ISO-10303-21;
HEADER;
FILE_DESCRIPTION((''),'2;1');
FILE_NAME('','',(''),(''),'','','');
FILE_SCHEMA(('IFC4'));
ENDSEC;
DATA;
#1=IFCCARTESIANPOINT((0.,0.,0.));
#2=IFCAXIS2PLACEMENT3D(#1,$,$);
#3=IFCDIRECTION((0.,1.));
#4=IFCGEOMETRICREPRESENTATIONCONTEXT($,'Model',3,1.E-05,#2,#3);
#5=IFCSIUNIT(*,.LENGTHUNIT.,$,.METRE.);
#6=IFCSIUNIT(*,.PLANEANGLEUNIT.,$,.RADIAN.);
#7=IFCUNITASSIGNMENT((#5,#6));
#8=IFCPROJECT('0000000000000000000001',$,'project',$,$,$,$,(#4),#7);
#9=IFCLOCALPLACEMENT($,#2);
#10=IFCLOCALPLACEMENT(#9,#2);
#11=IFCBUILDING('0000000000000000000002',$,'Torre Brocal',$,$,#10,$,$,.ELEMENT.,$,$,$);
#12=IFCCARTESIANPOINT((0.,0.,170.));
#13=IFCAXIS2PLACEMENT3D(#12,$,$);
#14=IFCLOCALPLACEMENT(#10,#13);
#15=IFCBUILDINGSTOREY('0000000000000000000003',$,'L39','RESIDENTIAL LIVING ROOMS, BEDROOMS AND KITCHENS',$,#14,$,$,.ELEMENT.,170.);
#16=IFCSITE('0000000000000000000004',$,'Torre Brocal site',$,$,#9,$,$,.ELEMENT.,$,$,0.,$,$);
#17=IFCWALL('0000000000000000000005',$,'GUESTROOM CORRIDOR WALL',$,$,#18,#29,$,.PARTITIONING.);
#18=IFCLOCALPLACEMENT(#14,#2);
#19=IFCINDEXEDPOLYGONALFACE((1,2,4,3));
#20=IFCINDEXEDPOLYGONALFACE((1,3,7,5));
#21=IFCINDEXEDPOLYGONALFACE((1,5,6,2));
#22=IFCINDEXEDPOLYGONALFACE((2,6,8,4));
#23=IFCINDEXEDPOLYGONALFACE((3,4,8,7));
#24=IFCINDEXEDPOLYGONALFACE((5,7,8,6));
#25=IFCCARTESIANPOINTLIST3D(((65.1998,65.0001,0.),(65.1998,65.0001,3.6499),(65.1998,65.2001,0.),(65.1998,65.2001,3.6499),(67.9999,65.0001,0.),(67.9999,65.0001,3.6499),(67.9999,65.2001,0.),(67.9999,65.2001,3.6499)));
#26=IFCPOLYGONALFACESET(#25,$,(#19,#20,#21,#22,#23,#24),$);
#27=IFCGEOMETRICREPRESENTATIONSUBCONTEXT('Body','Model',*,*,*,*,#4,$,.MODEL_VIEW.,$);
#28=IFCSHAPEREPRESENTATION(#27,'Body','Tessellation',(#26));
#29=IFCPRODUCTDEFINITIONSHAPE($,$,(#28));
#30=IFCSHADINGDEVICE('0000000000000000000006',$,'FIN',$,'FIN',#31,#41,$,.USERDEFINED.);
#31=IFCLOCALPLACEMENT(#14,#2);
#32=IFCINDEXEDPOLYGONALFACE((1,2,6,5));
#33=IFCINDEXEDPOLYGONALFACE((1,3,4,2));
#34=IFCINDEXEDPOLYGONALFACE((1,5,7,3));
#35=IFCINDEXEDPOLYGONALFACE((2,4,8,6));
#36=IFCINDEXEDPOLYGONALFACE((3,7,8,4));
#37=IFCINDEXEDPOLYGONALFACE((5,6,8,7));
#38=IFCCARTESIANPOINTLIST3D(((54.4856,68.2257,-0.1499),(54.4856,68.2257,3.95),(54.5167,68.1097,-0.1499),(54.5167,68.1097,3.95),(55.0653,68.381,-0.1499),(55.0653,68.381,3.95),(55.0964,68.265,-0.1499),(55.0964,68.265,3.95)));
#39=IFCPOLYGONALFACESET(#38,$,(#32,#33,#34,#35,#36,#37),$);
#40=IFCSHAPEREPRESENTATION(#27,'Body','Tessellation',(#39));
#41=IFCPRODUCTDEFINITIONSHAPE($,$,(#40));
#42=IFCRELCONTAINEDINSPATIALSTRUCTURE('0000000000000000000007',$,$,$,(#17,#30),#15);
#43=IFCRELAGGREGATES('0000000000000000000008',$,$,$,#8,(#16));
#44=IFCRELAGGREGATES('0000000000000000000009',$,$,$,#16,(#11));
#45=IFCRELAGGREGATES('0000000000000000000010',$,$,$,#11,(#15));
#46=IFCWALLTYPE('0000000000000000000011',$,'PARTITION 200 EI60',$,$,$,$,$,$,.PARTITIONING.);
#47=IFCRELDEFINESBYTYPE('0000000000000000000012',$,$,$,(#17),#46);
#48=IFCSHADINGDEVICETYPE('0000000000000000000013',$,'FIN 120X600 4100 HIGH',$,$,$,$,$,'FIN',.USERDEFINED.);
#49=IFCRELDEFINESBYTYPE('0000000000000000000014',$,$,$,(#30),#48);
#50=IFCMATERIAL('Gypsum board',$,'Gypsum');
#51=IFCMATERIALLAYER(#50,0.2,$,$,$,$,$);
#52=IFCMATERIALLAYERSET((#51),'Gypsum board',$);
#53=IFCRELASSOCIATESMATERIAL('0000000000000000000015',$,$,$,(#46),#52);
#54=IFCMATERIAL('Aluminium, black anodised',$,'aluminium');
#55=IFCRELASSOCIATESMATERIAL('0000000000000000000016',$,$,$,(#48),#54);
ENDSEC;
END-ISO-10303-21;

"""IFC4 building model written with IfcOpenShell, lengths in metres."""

from ifc_helpers import new_model, si_unit, direction, frame, frame_2d, origin, origin_2d, place, context, subcontext, project, spatial, rectangle, extrude, material, layer, layer_set, material_profile, profile_set, type_object, element, save


model = new_model("IFC4")

# Units and contexts
model_context = context("Model", 3, precision=1e-05, world=origin(), true_north=direction((0.0, 1.0)))
body_context = subcontext(model_context, "Body", "Model", "MODEL_VIEW")
ifc_project = project(units=[si_unit("LENGTHUNIT", "METRE"), si_unit("PLANEANGLEUNIT", "RADIAN")], contexts=[model_context])

# Site, building, storey
site_placement = place(None, origin())
site = spatial("IfcSite", under=ifc_project, at=site_placement, Name="Torre Brocal site", CompositionType="ELEMENT", RefElevation=0.0)
building_placement = place(site_placement, origin())
building = spatial("IfcBuilding", under=site, at=building_placement, Name="Torre Brocal", CompositionType="ELEMENT")
storey_placement = place(building_placement, frame((0.0, 0.0, 170.0)))
storey = spatial("IfcBuildingStorey", under=building, at=storey_placement, Name="L39", Description="RESIDENTIAL LIVING ROOMS, BEDROOMS AND KITCHENS", CompositionType="ELEMENT", Elevation=170.0)

# Wall
ifc_material_1 = material(Name="Gypsum board", Category="Gypsum")
ifc_layer_1 = layer(ifc_material_1, 0.2)
ifc_layer_set_1 = layer_set([ifc_layer_1], Name="Gypsum board")
wall_type_1 = type_object("IfcWallType", Name="PARTITION 200 EI60", PredefinedType="PARTITIONING", material=ifc_layer_set_1)
wall_1_placement = place(storey_placement, frame((65.2, 65.1001, 0.0), z_axis=(0.0, 0.0, 1.0), x_axis=(1.0, 0.0, 0.0)))
element("IfcWall", 1, at=wall_1_placement, inside=storey, type_object=wall_type_1, Name="GUESTROOM CORRIDOR WALL", PredefinedType="PARTITIONING", context=body_context, shape_type="SweptSolid", body=[
    extrude(rectangle(XDim=2.8, YDim=0.2, at=frame_2d((1.3999, 0.0))), origin(), (0.0, 0.0, 1.0), 3.6499),
])

# Shading device
ifc_material_2 = material(Name="Aluminium, black anodised", Category="aluminium")
ifc_material_profile_1 = material_profile(ifc_material_2, rectangle(XDim=0.1201, YDim=0.6001, at=origin_2d()), Name="FIN 120X600 4100 HIGH")
ifc_profile_set_1 = profile_set([ifc_material_profile_1], Name="Aluminium, black anodised")
shading_device_type = type_object("IfcShadingDeviceType", Name="FIN 120X600 4100 HIGH", ElementType="FIN", PredefinedType="USERDEFINED", material=ifc_profile_set_1)
shading_device_placement = place(storey_placement, frame((54.791, 68.2454, -0.1499), z_axis=(0.0, 0.0, 1.0), x_axis=(0.258819, -0.965926, 0.0)))
element("IfcShadingDevice", 2, at=shading_device_placement, inside=storey, type_object=shading_device_type, Name="FIN", ObjectType="FIN", PredefinedType="USERDEFINED", context=body_context, shape_type="SweptSolid", body=[
    extrude(rectangle(XDim=0.1201, YDim=0.6001, at=origin_2d()), origin(), (0.0, 0.0, 1.0), 4.0999),
])

save(model, "model.ifc")
